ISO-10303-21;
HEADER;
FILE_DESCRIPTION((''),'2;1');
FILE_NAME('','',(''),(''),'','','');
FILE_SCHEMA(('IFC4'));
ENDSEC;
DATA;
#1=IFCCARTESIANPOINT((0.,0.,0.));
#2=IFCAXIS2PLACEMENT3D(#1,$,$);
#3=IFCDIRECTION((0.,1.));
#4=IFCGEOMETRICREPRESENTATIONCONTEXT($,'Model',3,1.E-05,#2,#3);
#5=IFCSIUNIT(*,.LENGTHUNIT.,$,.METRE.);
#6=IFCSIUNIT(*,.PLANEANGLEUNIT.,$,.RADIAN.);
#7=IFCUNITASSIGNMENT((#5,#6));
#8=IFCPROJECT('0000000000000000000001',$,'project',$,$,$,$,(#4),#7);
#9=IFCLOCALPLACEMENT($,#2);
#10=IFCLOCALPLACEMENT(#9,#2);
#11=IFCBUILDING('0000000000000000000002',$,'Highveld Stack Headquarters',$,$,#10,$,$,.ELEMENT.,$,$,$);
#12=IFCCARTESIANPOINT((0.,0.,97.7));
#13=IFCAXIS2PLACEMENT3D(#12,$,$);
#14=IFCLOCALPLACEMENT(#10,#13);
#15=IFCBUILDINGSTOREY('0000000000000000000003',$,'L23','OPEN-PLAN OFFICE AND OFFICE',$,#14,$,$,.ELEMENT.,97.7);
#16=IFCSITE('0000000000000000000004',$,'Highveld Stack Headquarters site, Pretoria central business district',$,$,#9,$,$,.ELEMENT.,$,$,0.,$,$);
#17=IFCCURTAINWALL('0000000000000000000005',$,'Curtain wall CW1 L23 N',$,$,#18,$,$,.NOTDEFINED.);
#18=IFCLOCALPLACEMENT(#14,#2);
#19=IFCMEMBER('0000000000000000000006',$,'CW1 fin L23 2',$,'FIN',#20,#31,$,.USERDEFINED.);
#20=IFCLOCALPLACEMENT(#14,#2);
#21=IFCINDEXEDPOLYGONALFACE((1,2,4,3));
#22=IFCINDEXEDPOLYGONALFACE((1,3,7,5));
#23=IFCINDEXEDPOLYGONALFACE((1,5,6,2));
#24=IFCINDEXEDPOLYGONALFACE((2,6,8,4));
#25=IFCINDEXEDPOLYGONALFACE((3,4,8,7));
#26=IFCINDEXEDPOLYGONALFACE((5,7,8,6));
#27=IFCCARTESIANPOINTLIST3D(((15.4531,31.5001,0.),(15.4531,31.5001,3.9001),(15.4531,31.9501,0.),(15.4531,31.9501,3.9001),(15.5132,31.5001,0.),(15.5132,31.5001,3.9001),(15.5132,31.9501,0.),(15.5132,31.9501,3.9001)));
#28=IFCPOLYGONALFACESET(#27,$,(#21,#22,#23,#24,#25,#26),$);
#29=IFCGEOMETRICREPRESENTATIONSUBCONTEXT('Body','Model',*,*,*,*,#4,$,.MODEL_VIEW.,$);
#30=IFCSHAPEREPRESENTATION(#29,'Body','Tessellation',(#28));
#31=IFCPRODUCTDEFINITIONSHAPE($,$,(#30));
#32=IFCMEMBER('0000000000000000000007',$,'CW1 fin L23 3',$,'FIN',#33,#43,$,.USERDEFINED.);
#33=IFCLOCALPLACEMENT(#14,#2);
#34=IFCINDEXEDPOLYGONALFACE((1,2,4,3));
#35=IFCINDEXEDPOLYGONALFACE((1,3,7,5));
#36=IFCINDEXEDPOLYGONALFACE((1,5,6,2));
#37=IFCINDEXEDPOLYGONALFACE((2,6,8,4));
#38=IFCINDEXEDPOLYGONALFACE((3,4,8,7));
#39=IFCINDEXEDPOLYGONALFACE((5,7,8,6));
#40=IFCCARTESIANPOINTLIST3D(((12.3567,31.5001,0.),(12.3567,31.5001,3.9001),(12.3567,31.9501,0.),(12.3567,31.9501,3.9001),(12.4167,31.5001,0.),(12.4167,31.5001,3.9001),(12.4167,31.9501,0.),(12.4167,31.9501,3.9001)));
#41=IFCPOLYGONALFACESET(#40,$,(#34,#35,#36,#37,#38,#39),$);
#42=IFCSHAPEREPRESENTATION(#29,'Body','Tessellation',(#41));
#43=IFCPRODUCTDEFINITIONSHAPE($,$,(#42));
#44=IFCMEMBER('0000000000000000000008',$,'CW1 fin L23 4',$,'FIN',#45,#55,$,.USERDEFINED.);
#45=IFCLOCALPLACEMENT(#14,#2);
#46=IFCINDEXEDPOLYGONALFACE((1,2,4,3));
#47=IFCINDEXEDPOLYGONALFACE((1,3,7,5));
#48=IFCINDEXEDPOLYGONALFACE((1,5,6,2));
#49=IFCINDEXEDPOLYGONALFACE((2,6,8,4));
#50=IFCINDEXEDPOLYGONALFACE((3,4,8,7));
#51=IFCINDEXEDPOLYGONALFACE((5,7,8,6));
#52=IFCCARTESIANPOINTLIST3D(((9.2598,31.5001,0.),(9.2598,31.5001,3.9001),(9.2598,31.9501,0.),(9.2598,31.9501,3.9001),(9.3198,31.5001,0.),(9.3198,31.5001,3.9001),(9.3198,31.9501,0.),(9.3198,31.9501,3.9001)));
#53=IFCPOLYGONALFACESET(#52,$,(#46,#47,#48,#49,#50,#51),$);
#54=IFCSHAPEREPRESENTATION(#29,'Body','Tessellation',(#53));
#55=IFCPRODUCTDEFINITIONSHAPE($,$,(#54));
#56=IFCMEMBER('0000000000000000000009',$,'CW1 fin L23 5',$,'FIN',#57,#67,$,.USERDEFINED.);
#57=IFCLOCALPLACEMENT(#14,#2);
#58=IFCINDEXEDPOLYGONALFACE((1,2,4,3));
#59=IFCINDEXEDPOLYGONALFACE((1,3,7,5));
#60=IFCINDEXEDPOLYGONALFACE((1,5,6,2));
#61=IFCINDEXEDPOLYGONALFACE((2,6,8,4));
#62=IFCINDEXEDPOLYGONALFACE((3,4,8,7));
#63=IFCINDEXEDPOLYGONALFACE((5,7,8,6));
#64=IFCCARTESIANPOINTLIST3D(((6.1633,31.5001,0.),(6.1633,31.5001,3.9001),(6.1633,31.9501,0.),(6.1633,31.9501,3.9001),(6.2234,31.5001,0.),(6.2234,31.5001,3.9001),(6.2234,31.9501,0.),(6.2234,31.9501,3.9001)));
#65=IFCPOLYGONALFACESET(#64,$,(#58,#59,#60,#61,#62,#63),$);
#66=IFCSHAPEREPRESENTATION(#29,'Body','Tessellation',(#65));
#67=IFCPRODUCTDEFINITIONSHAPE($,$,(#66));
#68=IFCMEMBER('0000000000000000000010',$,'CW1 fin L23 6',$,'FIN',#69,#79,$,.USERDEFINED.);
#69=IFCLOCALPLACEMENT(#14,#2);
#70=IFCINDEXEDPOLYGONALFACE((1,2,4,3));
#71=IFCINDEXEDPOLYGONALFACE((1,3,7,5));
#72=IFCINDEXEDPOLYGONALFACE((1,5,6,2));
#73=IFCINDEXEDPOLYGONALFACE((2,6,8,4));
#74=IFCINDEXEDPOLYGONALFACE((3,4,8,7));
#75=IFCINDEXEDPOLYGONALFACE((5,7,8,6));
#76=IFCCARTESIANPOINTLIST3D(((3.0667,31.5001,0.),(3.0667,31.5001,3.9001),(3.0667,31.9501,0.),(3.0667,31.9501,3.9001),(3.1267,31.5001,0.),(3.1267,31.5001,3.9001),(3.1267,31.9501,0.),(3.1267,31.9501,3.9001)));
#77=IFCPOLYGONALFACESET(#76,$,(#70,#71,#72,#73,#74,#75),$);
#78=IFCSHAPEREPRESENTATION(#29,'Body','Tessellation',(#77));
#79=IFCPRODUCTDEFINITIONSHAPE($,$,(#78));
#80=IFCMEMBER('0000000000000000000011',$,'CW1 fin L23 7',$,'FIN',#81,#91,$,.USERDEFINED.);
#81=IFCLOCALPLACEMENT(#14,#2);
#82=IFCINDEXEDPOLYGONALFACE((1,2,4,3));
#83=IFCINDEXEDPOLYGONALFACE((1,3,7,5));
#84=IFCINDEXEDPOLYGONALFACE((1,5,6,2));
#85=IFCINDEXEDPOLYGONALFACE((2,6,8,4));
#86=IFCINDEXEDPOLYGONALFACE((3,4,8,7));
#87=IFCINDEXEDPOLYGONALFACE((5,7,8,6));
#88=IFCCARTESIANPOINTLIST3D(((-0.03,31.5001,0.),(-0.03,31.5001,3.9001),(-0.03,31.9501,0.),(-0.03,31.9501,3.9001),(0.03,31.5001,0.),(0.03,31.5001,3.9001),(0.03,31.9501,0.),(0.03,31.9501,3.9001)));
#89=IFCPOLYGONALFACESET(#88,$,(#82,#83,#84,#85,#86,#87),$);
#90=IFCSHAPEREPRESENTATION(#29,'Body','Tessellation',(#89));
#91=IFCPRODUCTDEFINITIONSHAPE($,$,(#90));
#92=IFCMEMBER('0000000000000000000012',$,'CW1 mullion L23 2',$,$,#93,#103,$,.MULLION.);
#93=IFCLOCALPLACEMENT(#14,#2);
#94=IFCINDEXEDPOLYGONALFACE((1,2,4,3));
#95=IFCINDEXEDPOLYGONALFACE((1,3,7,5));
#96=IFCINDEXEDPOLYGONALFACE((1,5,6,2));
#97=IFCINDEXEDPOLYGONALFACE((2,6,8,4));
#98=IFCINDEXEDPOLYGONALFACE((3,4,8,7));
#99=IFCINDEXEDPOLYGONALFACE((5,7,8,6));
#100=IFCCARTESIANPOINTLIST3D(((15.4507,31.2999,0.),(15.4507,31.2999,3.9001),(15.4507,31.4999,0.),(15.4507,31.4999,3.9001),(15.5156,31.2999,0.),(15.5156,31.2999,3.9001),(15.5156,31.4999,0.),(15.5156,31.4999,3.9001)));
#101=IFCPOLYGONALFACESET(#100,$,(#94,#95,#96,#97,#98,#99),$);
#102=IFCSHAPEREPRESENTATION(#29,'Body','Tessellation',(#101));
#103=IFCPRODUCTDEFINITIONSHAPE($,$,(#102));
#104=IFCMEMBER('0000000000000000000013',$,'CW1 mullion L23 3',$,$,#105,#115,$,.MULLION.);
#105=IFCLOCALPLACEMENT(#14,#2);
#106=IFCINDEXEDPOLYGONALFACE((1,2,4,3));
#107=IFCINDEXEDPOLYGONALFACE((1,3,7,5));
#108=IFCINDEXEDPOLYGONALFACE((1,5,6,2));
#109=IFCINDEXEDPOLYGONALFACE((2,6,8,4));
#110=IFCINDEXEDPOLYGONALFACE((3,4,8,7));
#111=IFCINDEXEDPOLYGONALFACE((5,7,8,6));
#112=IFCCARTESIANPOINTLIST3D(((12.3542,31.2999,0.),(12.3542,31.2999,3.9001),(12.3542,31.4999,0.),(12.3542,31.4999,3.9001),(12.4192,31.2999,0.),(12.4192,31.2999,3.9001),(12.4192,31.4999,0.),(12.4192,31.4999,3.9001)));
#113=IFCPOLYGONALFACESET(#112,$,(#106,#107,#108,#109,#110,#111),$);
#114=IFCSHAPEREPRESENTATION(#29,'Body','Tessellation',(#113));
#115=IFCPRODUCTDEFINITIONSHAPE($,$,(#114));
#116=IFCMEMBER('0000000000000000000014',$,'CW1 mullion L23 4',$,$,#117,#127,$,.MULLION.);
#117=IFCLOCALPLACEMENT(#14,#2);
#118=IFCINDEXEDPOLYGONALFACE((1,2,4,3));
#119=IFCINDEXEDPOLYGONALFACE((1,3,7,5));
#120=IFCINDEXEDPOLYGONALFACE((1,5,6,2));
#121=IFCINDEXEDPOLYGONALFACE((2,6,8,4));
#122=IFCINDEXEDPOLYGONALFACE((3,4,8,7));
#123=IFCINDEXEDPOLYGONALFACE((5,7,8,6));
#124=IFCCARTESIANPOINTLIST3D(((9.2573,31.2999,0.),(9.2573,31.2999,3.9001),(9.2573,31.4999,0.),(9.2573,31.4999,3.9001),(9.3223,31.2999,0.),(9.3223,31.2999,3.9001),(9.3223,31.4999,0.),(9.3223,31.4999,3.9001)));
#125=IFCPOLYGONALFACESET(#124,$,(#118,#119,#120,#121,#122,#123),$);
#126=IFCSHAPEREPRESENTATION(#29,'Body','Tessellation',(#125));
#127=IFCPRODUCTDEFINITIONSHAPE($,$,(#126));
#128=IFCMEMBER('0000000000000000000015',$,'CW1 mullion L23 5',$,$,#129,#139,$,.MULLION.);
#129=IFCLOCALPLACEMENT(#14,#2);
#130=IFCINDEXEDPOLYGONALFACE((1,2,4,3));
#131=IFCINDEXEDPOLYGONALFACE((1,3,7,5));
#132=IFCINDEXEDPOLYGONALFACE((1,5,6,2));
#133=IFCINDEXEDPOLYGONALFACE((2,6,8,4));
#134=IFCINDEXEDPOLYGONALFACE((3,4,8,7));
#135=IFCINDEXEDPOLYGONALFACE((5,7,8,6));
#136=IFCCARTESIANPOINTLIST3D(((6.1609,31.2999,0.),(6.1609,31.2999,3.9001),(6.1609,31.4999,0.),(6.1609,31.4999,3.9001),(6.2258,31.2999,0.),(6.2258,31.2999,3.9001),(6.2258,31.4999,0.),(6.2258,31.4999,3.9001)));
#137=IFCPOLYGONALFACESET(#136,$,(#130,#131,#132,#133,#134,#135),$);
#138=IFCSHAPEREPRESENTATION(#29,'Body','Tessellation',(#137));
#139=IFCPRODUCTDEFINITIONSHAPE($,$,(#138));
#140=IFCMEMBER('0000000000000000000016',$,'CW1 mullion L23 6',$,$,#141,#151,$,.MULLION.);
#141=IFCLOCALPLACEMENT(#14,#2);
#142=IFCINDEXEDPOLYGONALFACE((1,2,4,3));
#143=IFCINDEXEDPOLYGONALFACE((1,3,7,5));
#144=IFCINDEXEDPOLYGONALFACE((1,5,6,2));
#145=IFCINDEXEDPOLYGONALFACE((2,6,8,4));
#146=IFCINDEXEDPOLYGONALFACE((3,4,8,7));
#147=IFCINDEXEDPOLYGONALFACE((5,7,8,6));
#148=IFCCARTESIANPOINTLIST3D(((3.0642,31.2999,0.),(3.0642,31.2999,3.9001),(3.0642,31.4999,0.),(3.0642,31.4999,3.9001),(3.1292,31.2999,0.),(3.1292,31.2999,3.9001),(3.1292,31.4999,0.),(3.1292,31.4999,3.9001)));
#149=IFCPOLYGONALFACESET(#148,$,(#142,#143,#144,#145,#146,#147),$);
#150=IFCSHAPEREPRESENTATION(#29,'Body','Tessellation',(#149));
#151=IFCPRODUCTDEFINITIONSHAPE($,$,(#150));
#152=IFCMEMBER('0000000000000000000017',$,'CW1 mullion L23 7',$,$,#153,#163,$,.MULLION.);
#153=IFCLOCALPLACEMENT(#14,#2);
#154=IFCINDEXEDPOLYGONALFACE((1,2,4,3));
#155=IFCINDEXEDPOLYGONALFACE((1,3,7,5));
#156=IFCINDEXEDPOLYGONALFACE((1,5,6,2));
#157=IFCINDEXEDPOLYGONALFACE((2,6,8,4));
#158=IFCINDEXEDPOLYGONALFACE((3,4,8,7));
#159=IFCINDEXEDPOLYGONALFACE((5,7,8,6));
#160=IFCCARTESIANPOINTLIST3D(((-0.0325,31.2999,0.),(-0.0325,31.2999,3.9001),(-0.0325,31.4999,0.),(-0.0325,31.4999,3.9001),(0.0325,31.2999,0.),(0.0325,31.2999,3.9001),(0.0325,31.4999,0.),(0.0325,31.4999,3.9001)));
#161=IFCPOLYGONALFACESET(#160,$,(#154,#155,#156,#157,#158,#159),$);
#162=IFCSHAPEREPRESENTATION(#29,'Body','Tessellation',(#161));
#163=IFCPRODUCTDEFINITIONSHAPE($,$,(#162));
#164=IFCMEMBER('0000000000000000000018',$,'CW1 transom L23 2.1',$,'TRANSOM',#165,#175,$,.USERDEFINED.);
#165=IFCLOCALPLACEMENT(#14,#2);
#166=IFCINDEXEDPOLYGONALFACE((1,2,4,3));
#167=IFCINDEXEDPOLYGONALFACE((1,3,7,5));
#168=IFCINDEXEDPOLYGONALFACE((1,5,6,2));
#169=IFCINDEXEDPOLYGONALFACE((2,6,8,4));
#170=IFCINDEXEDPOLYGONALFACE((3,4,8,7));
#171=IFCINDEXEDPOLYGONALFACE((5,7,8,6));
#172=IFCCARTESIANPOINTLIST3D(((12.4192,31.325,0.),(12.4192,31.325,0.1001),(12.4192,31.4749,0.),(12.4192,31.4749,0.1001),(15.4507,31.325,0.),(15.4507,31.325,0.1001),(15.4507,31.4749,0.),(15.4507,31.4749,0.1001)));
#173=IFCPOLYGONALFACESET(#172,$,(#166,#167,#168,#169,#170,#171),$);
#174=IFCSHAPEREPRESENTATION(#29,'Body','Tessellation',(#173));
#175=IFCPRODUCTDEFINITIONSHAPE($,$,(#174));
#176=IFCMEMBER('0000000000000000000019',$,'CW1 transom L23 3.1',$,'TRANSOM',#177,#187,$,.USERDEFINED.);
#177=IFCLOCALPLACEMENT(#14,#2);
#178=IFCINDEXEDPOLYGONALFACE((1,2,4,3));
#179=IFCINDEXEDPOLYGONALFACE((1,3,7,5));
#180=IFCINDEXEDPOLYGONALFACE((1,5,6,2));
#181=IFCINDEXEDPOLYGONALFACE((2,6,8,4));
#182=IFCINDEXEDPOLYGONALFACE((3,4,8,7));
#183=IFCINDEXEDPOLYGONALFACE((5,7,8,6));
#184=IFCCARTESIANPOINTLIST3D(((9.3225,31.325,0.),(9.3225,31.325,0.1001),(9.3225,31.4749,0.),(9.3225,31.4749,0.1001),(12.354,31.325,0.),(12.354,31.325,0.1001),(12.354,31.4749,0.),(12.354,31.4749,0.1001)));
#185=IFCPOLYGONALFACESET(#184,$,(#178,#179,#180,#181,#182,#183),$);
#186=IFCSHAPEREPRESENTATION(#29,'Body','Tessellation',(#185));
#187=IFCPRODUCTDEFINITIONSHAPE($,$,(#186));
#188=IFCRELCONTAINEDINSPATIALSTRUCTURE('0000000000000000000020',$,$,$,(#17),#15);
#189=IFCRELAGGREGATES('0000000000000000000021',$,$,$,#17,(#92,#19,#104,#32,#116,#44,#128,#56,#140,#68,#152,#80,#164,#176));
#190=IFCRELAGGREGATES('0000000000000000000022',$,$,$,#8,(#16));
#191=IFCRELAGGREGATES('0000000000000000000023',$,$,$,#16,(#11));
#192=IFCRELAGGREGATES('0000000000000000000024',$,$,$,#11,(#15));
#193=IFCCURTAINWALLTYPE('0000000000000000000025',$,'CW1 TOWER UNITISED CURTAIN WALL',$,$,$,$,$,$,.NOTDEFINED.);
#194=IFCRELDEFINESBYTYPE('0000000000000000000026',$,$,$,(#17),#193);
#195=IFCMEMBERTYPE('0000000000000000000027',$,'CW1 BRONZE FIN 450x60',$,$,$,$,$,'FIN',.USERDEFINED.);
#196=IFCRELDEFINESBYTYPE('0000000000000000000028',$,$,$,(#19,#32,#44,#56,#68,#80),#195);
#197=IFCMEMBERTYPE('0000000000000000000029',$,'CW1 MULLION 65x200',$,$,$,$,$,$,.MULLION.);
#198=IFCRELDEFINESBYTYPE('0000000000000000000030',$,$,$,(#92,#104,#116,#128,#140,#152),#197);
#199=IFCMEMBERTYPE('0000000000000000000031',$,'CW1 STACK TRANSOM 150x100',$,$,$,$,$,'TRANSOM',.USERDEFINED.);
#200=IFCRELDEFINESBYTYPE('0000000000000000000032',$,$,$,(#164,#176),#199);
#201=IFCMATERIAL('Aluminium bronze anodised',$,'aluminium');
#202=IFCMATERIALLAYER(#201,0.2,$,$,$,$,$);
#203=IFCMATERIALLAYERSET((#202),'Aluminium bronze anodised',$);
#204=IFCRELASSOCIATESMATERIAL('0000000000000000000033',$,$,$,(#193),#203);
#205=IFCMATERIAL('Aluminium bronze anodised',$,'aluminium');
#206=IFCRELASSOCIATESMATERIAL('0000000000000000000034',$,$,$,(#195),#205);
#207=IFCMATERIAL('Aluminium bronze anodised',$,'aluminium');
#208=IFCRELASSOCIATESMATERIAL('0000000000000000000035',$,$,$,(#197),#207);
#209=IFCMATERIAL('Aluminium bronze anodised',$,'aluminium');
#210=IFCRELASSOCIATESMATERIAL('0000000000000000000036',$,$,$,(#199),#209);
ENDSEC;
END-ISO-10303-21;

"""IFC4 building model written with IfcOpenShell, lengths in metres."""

from ifc_helpers import new_model, si_unit, direction, frame, origin, origin_2d, place, context, subcontext, project, spatial, rectangle, extrude, material, layer, layer_set, material_profile, profile_set, type_object, element, aggregate, save


model = new_model("IFC4")

# Units and contexts
model_context = context("Model", 3, precision=1e-05, world=origin(), true_north=direction((0.0, 1.0)))
body_context = subcontext(model_context, "Body", "Model", "MODEL_VIEW")
ifc_project = project(units=[si_unit("LENGTHUNIT", "METRE"), si_unit("PLANEANGLEUNIT", "RADIAN")], contexts=[model_context])

# Site, building, storey
site_placement = place(None, origin())
site = spatial("IfcSite", under=ifc_project, at=site_placement, Name="Highveld Stack Headquarters site, Pretoria central business district", CompositionType="ELEMENT", RefElevation=0.0)
building_placement = place(site_placement, origin())
building = spatial("IfcBuilding", under=site, at=building_placement, Name="Highveld Stack Headquarters", CompositionType="ELEMENT")
storey_placement = place(building_placement, frame((0.0, 0.0, 97.7)))
storey = spatial("IfcBuildingStorey", under=building, at=storey_placement, Name="L23", Description="OPEN-PLAN OFFICE AND OFFICE", CompositionType="ELEMENT", Elevation=97.7)

# Curtain wall, members
ifc_material_1 = material(Name="Aluminium bronze anodised", Category="aluminium")
ifc_layer_1 = layer(ifc_material_1, 0.2)
ifc_layer_set_1 = layer_set([ifc_layer_1], Name="Aluminium bronze anodised")
curtain_wall_type = type_object("IfcCurtainWallType", Name="CW1 TOWER UNITISED CURTAIN WALL", PredefinedType="NOTDEFINED", material=ifc_layer_set_1)
curtain_wall_placement = place(storey_placement, origin())
curtain_wall = element("IfcCurtainWall", 1, at=curtain_wall_placement, inside=storey, type_object=curtain_wall_type, Name="Curtain wall CW1 L23 N", PredefinedType="NOTDEFINED")
ifc_material_2 = material(Name="Aluminium bronze anodised", Category="aluminium")
ifc_material_profile_1 = material_profile(ifc_material_2, rectangle(XDim=0.45, YDim=0.0601, at=origin_2d()), Name="FIN 450x60")
ifc_profile_set_1 = profile_set([ifc_material_profile_1], Name="Aluminium bronze anodised")
member_type_1 = type_object("IfcMemberType", Name="CW1 BRONZE FIN 450x60", ElementType="FIN", PredefinedType="USERDEFINED", material=ifc_profile_set_1)
member_1_placement = place(storey_placement, frame((15.4832, 31.7251, 0.0), z_axis=(0.0, 0.0, 1.0), x_axis=(0.0, -1.0, 0.0)))
member_1 = element("IfcMember", 2, at=member_1_placement, type_object=member_type_1, Name="CW1 fin L23 2", ObjectType="FIN", PredefinedType="USERDEFINED", context=body_context, shape_type="SweptSolid", body=[
    extrude(rectangle(XDim=0.45, YDim=0.0601, at=origin_2d()), origin(), (0.0, 0.0, 1.0), 3.9001),
])
member_2_placement = place(storey_placement, frame((12.3867, 31.7251, 0.0), z_axis=(0.0, 0.0, 1.0), x_axis=(0.0, -1.0, 0.0)))
member_2 = element("IfcMember", 3, at=member_2_placement, type_object=member_type_1, Name="CW1 fin L23 3", ObjectType="FIN", PredefinedType="USERDEFINED", context=body_context, shape_type="SweptSolid", body=[
    extrude(rectangle(XDim=0.45, YDim=0.0601, at=origin_2d()), origin(), (0.0, 0.0, 1.0), 3.9001),
])
member_3_placement = place(storey_placement, frame((9.2898, 31.7251, 0.0), z_axis=(0.0, 0.0, 1.0), x_axis=(0.0, -1.0, 0.0)))
member_3 = element("IfcMember", 4, at=member_3_placement, type_object=member_type_1, Name="CW1 fin L23 4", ObjectType="FIN", PredefinedType="USERDEFINED", context=body_context, shape_type="SweptSolid", body=[
    extrude(rectangle(XDim=0.45, YDim=0.0601, at=origin_2d()), origin(), (0.0, 0.0, 1.0), 3.9001),
])
member_4_placement = place(storey_placement, frame((6.1934, 31.7251, 0.0), z_axis=(0.0, 0.0, 1.0), x_axis=(0.0, -1.0, 0.0)))
member_4 = element("IfcMember", 5, at=member_4_placement, type_object=member_type_1, Name="CW1 fin L23 5", ObjectType="FIN", PredefinedType="USERDEFINED", context=body_context, shape_type="SweptSolid", body=[
    extrude(rectangle(XDim=0.45, YDim=0.0601, at=origin_2d()), origin(), (0.0, 0.0, 1.0), 3.9001),
])
member_5_placement = place(storey_placement, frame((3.0967, 31.7251, 0.0), z_axis=(0.0, 0.0, 1.0), x_axis=(0.0, -1.0, 0.0)))
member_5 = element("IfcMember", 6, at=member_5_placement, type_object=member_type_1, Name="CW1 fin L23 6", ObjectType="FIN", PredefinedType="USERDEFINED", context=body_context, shape_type="SweptSolid", body=[
    extrude(rectangle(XDim=0.45, YDim=0.0601, at=origin_2d()), origin(), (0.0, 0.0, 1.0), 3.9001),
])
member_6_placement = place(storey_placement, frame((0.0, 31.7251, 0.0), z_axis=(0.0, 0.0, 1.0), x_axis=(0.0, -1.0, 0.0)))
member_6 = element("IfcMember", 7, at=member_6_placement, type_object=member_type_1, Name="CW1 fin L23 7", ObjectType="FIN", PredefinedType="USERDEFINED", context=body_context, shape_type="SweptSolid", body=[
    extrude(rectangle(XDim=0.45, YDim=0.0601, at=origin_2d()), origin(), (0.0, 0.0, 1.0), 3.9001),
])
ifc_material_3 = material(Name="Aluminium bronze anodised", Category="aluminium")
ifc_material_profile_2 = material_profile(ifc_material_3, rectangle(XDim=0.2, YDim=0.0649, at=origin_2d()), Name="CW1 MULLION 65x200")
ifc_profile_set_2 = profile_set([ifc_material_profile_2], Name="Aluminium bronze anodised")
member_type_2 = type_object("IfcMemberType", Name="CW1 MULLION 65x200", PredefinedType="MULLION", material=ifc_profile_set_2)
member_7_placement = place(storey_placement, frame((15.4832, 31.3999, 0.0), z_axis=(0.0, 0.0, 1.0), x_axis=(0.0, -1.0, 0.0)))
member_7 = element("IfcMember", 8, at=member_7_placement, type_object=member_type_2, Name="CW1 mullion L23 2", PredefinedType="MULLION", context=body_context, shape_type="SweptSolid", body=[
    extrude(rectangle(XDim=0.2, YDim=0.0649, at=origin_2d()), origin(), (0.0, 0.0, 1.0), 3.9001),
])
member_8_placement = place(storey_placement, frame((12.3867, 31.3999, 0.0), z_axis=(0.0, 0.0, 1.0), x_axis=(0.0, -1.0, 0.0)))
member_8 = element("IfcMember", 9, at=member_8_placement, type_object=member_type_2, Name="CW1 mullion L23 3", PredefinedType="MULLION", context=body_context, shape_type="SweptSolid", body=[
    extrude(rectangle(XDim=0.2, YDim=0.0649, at=origin_2d()), origin(), (0.0, 0.0, 1.0), 3.9001),
])
member_9_placement = place(storey_placement, frame((9.2898, 31.3999, 0.0), z_axis=(0.0, 0.0, 1.0), x_axis=(0.0, -1.0, 0.0)))
member_9 = element("IfcMember", 10, at=member_9_placement, type_object=member_type_2, Name="CW1 mullion L23 4", PredefinedType="MULLION", context=body_context, shape_type="SweptSolid", body=[
    extrude(rectangle(XDim=0.2, YDim=0.0649, at=origin_2d()), origin(), (0.0, 0.0, 1.0), 3.9001),
])
member_10_placement = place(storey_placement, frame((6.1934, 31.3999, 0.0), z_axis=(0.0, 0.0, 1.0), x_axis=(0.0, -1.0, 0.0)))
member_10 = element("IfcMember", 11, at=member_10_placement, type_object=member_type_2, Name="CW1 mullion L23 5", PredefinedType="MULLION", context=body_context, shape_type="SweptSolid", body=[
    extrude(rectangle(XDim=0.2, YDim=0.0649, at=origin_2d()), origin(), (0.0, 0.0, 1.0), 3.9001),
])
member_11_placement = place(storey_placement, frame((3.0967, 31.3999, 0.0), z_axis=(0.0, 0.0, 1.0), x_axis=(0.0, -1.0, 0.0)))
member_11 = element("IfcMember", 12, at=member_11_placement, type_object=member_type_2, Name="CW1 mullion L23 6", PredefinedType="MULLION", context=body_context, shape_type="SweptSolid", body=[
    extrude(rectangle(XDim=0.2, YDim=0.0649, at=origin_2d()), origin(), (0.0, 0.0, 1.0), 3.9001),
])
member_12_placement = place(storey_placement, frame((0.0, 31.3999, 0.0), z_axis=(0.0, 0.0, 1.0), x_axis=(0.0, -1.0, 0.0)))
member_12 = element("IfcMember", 13, at=member_12_placement, type_object=member_type_2, Name="CW1 mullion L23 7", PredefinedType="MULLION", context=body_context, shape_type="SweptSolid", body=[
    extrude(rectangle(XDim=0.2, YDim=0.0649, at=origin_2d()), origin(), (0.0, 0.0, 1.0), 3.9001),
])
ifc_material_4 = material(Name="Aluminium bronze anodised", Category="aluminium")
ifc_material_profile_3 = material_profile(ifc_material_4, rectangle(XDim=0.1499, YDim=0.1001, at=origin_2d()), Name="CW1 TRANSOM 150x100")
ifc_profile_set_3 = profile_set([ifc_material_profile_3], Name="Aluminium bronze anodised")
member_type_3 = type_object("IfcMemberType", Name="CW1 STACK TRANSOM 150x100", ElementType="TRANSOM", PredefinedType="USERDEFINED", material=ifc_profile_set_3)
member_13_placement = place(storey_placement, frame((15.4507, 31.3999, 0.05), z_axis=(-1.0, 0.0, 0.0), x_axis=(0.0, -1.0, 0.0)))
member_13 = element("IfcMember", 14, at=member_13_placement, type_object=member_type_3, Name="CW1 transom L23 2.1", ObjectType="TRANSOM", PredefinedType="USERDEFINED", context=body_context, shape_type="SweptSolid", body=[
    extrude(rectangle(XDim=0.1499, YDim=0.1001, at=origin_2d()), origin(), (0.0, 0.0, 1.0), 3.0315),
])
member_14_placement = place(storey_placement, frame((12.354, 31.3999, 0.05), z_axis=(-1.0, 0.0, 0.0), x_axis=(0.0, -1.0, 0.0)))
member_14 = element("IfcMember", 15, at=member_14_placement, type_object=member_type_3, Name="CW1 transom L23 3.1", ObjectType="TRANSOM", PredefinedType="USERDEFINED", context=body_context, shape_type="SweptSolid", body=[
    extrude(rectangle(XDim=0.1499, YDim=0.1001, at=origin_2d()), origin(), (0.0, 0.0, 1.0), 3.0315),
])
aggregate(curtain_wall, [member_7, member_1, member_8, member_2, member_9, member_3, member_10, member_4, member_11, member_5, member_12, member_6, member_13, member_14])

save(model, "model.ifc")
